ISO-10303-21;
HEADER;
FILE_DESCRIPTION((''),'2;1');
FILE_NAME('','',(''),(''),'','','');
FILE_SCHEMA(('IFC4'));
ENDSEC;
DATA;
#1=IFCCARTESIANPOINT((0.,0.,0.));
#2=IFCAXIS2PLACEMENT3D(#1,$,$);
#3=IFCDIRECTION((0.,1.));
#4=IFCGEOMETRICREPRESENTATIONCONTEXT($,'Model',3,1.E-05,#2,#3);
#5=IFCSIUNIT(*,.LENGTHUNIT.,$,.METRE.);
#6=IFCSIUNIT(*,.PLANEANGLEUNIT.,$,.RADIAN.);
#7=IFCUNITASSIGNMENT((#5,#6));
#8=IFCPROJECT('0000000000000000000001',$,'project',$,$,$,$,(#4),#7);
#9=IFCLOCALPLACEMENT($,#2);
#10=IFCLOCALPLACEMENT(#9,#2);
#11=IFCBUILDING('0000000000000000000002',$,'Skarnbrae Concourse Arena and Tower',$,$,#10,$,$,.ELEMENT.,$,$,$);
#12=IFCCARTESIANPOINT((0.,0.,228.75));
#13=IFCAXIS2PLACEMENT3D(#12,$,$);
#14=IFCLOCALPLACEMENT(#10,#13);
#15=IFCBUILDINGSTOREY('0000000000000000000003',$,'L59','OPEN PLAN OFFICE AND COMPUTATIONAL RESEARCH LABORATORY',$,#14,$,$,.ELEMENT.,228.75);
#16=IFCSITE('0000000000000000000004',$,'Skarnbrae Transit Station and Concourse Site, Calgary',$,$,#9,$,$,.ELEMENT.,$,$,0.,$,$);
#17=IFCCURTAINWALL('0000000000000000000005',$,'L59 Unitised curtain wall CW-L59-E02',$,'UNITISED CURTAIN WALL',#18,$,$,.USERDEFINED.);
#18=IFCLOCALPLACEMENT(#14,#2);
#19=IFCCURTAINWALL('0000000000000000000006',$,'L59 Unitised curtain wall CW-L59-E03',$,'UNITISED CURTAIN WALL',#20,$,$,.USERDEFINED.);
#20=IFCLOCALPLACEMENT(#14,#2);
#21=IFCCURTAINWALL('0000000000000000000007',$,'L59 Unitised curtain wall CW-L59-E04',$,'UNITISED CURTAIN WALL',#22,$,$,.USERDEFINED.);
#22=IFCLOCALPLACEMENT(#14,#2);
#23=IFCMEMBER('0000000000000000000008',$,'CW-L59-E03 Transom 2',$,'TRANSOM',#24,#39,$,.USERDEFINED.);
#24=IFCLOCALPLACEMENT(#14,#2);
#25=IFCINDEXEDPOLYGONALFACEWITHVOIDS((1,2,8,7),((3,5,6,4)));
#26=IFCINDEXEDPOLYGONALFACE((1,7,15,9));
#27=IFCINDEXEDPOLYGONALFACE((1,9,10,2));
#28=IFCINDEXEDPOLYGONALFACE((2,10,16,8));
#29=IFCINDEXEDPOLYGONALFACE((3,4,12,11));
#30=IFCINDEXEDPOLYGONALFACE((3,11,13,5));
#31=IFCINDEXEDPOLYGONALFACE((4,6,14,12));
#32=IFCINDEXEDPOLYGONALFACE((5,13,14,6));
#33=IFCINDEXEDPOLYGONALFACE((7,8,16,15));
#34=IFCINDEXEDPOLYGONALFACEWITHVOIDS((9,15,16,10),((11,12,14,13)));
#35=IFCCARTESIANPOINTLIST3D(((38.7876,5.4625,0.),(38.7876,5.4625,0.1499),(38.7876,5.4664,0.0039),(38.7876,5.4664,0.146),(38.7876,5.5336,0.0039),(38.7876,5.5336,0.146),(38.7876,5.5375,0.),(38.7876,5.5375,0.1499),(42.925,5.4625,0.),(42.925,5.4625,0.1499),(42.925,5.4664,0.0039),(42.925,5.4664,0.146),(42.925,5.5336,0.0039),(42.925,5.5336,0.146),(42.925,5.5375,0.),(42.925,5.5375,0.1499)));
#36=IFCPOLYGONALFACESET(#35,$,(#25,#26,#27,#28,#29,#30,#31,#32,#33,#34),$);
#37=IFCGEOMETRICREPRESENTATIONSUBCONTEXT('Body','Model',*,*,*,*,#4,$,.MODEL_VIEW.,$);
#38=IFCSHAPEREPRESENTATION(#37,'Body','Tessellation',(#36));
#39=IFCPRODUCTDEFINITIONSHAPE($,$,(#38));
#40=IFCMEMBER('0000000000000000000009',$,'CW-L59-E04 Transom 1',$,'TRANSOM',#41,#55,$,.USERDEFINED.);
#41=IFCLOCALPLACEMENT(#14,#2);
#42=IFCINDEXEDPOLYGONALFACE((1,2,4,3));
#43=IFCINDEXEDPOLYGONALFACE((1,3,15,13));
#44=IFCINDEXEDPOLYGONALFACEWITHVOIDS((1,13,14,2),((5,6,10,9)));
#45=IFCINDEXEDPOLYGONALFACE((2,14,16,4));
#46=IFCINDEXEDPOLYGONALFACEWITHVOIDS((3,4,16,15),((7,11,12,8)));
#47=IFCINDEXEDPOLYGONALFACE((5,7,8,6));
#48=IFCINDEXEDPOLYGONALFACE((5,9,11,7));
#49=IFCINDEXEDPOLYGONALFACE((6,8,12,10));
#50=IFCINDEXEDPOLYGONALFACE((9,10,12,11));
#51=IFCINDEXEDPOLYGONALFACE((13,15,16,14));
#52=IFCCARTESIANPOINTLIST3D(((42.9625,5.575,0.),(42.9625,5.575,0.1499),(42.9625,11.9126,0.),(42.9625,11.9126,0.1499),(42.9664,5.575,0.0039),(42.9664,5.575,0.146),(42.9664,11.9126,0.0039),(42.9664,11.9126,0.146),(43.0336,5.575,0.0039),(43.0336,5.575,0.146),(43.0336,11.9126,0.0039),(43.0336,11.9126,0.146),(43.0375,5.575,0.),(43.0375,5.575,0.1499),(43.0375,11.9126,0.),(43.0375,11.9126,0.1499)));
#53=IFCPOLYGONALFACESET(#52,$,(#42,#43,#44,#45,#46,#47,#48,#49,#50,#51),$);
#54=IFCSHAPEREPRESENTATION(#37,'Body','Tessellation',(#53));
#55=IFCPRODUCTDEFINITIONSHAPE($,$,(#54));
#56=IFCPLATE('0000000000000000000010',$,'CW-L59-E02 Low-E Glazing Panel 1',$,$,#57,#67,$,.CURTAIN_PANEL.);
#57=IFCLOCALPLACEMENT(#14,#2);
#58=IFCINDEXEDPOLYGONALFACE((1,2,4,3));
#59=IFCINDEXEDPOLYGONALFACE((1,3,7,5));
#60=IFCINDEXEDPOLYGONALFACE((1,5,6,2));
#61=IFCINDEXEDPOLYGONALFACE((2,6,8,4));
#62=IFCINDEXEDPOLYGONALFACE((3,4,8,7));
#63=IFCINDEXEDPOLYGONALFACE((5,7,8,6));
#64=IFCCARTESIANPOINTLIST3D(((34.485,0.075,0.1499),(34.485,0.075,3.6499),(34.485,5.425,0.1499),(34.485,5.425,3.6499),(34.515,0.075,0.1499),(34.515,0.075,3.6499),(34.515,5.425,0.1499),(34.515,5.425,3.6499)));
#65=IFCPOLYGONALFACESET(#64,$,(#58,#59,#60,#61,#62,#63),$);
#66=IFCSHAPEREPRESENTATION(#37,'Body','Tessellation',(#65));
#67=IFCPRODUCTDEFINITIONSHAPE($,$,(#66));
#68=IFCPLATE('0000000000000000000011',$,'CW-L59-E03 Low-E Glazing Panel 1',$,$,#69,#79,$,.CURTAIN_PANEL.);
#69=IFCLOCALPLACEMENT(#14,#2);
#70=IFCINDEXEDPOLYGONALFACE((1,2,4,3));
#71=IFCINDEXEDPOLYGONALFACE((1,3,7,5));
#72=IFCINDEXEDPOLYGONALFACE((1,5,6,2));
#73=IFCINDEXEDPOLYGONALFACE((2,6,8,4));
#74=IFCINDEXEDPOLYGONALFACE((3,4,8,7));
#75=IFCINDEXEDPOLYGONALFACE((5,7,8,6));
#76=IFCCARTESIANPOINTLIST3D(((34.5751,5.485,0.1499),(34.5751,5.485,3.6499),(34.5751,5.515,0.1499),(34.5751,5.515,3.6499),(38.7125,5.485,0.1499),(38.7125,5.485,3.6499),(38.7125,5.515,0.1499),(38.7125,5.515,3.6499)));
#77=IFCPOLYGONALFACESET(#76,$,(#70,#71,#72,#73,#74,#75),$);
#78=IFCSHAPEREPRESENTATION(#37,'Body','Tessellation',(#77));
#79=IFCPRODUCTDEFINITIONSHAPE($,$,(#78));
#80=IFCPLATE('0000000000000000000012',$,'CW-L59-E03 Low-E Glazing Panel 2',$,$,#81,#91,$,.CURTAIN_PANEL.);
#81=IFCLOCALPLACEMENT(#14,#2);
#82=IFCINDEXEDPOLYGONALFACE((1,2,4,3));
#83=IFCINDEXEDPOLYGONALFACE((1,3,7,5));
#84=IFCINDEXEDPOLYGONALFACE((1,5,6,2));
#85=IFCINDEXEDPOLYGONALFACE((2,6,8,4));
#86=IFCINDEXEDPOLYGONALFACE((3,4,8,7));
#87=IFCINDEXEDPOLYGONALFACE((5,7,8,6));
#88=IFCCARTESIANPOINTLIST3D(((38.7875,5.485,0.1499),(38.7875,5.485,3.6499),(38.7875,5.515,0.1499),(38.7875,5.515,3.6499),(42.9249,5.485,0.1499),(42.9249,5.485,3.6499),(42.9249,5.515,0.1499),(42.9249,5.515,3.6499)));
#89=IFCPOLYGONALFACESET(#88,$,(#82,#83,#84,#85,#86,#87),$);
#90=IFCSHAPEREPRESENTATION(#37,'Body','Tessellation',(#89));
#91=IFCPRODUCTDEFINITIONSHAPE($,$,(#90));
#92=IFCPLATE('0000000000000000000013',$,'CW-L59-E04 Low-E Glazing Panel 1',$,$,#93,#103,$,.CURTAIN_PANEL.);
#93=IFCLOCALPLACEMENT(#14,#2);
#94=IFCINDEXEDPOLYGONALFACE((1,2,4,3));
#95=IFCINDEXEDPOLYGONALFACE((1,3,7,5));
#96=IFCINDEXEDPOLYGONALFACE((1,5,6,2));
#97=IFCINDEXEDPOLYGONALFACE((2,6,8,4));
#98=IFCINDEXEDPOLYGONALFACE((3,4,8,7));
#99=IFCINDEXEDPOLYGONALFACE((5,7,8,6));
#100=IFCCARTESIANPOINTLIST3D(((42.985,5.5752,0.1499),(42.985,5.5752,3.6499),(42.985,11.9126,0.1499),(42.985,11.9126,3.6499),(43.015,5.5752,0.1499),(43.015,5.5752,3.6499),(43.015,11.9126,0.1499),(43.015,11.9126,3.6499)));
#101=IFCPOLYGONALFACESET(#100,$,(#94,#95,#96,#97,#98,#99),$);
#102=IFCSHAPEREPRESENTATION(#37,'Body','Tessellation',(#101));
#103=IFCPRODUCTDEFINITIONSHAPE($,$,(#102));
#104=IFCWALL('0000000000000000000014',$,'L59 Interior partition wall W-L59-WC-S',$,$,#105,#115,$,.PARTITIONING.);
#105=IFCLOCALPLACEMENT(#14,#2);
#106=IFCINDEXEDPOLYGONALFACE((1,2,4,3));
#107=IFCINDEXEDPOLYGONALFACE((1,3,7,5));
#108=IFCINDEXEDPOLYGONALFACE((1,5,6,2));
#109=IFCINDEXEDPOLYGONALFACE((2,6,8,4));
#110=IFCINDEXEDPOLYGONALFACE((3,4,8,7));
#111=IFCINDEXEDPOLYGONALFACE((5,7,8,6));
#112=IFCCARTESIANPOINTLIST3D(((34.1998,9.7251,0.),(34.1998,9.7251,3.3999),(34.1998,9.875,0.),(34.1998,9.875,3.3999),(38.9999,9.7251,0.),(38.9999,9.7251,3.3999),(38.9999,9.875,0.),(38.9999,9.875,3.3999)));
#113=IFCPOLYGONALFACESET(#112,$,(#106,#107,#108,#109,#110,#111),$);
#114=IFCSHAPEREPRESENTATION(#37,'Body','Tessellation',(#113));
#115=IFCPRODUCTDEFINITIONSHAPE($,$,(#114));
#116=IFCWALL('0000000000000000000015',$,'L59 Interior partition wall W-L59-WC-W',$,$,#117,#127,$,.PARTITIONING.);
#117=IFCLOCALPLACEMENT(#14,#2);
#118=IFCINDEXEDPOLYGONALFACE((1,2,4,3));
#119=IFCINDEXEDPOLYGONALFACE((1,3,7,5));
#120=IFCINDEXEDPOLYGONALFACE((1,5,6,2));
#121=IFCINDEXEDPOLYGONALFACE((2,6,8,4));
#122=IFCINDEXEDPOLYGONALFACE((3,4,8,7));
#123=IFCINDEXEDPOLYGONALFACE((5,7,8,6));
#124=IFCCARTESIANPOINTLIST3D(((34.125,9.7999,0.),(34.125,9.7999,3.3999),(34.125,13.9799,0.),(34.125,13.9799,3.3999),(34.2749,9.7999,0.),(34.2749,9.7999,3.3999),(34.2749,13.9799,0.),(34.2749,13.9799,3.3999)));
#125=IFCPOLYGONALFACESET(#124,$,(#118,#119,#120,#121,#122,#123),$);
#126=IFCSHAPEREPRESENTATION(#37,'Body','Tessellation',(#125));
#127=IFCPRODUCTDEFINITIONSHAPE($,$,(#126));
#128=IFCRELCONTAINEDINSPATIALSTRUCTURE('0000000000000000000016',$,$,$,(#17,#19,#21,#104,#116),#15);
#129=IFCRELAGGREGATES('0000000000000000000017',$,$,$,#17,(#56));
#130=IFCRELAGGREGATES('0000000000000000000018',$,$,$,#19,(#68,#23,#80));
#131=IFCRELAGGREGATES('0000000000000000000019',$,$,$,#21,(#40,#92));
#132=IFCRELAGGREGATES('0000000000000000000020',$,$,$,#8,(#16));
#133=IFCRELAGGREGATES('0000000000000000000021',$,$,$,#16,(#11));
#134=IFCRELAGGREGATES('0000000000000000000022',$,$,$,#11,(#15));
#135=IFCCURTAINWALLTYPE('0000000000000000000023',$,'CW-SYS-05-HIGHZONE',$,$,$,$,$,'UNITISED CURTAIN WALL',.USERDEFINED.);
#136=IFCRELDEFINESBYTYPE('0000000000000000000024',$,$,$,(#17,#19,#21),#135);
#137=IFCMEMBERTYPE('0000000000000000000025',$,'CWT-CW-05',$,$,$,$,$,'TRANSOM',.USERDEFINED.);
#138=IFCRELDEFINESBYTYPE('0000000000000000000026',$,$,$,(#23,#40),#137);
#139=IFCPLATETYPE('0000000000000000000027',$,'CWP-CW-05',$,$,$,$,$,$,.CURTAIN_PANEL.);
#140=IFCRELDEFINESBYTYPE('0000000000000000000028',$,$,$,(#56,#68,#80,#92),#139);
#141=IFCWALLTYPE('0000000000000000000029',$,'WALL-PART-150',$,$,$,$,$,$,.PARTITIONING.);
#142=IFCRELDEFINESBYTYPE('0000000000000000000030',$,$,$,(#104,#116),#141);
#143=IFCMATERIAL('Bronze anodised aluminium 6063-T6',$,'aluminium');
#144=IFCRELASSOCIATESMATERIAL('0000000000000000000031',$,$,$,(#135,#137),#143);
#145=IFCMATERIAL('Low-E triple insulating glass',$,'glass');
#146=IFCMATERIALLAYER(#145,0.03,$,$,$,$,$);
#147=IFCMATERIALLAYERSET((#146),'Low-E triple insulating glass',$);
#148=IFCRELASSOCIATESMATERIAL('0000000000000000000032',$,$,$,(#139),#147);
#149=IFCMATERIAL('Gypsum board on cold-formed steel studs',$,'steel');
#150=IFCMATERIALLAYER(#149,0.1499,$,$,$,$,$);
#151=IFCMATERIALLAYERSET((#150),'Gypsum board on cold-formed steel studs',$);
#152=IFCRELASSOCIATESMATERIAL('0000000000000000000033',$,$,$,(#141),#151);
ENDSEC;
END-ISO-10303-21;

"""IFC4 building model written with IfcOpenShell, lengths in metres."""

from ifc_helpers import new_model, si_unit, direction, frame, frame_2d, origin, origin_2d, place, context, subcontext, project, spatial, rectangle, hollow_rectangle, extrude, source, transform, mapped, material, layer, layer_set, material_profile, profile_set, type_object, element, aggregate, save


model = new_model("IFC4")

# Units and contexts
model_context = context("Model", 3, precision=1e-05, world=origin(), true_north=direction((0.0, 1.0)))
body_context = subcontext(model_context, "Body", "Model", "MODEL_VIEW")
ifc_project = project(units=[si_unit("LENGTHUNIT", "METRE"), si_unit("PLANEANGLEUNIT", "RADIAN")], contexts=[model_context])

# Site, building, storey
site_placement = place(None, origin())
site = spatial("IfcSite", under=ifc_project, at=site_placement, Name="Skarnbrae Transit Station and Concourse Site, Calgary", CompositionType="ELEMENT", RefElevation=0.0)
building_placement = place(site_placement, origin())
building = spatial("IfcBuilding", under=site, at=building_placement, Name="Skarnbrae Concourse Arena and Tower", CompositionType="ELEMENT")
storey_placement = place(building_placement, frame((0.0, 0.0, 228.75)))
storey = spatial("IfcBuildingStorey", under=building, at=storey_placement, Name="L59", Description="OPEN PLAN OFFICE AND COMPUTATIONAL RESEARCH LABORATORY", CompositionType="ELEMENT", Elevation=228.75)

# Curtain walls
ifc_material_1 = material(Name="Bronze anodised aluminium 6063-T6", Category="aluminium")
curtain_wall_type = type_object("IfcCurtainWallType", Name="CW-SYS-05-HIGHZONE", ElementType="UNITISED CURTAIN WALL", PredefinedType="USERDEFINED", material=ifc_material_1)
curtain_wall_1_placement = place(storey_placement, origin())
curtain_wall_1 = element("IfcCurtainWall", 1, at=curtain_wall_1_placement, inside=storey, type_object=curtain_wall_type, Name="L59 Unitised curtain wall CW-L59-E02", ObjectType="UNITISED CURTAIN WALL", PredefinedType="USERDEFINED")
curtain_wall_2_placement = place(storey_placement, origin())
curtain_wall_2 = element("IfcCurtainWall", 2, at=curtain_wall_2_placement, inside=storey, type_object=curtain_wall_type, Name="L59 Unitised curtain wall CW-L59-E03", ObjectType="UNITISED CURTAIN WALL", PredefinedType="USERDEFINED")

# Curtain wall
curtain_wall_3_placement = place(storey_placement, origin())
curtain_wall_3 = element("IfcCurtainWall", 3, at=curtain_wall_3_placement, inside=storey, type_object=curtain_wall_type, Name="L59 Unitised curtain wall CW-L59-E04", ObjectType="UNITISED CURTAIN WALL", PredefinedType="USERDEFINED")

# Members
ifc_material_profile_1 = material_profile(ifc_material_1, hollow_rectangle(XDim=0.075, YDim=0.1499, WallThickness=0.0039, at=origin_2d()), Name="ALU-TRAN-75X150")
ifc_profile_set_1 = profile_set([ifc_material_profile_1], Name="Bronze anodised aluminium 6063-T6")
member_type_1 = type_object("IfcMemberType", Name="CWT-CW-05", ElementType="TRANSOM", PredefinedType="USERDEFINED", material=ifc_profile_set_1)
shared_shape_1 = source(origin(), body_context, "Body", "SweptSolid", [
    extrude(hollow_rectangle(XDim=0.075, YDim=0.1499, WallThickness=0.0039, at=origin_2d()), origin(), (0.0, 0.0, 1.0), 4.1375),
])
member_1_placement = place(storey_placement, frame((38.7876, 5.5, 0.075), z_axis=(1.0, 0.0, 0.0), x_axis=(0.0, 1.0, 0.0)))
member_1 = element("IfcMember", 4, at=member_1_placement, type_object=member_type_1, Name="CW-L59-E03 Transom 2", ObjectType="TRANSOM", PredefinedType="USERDEFINED", context=body_context, shape_type="MappedRepresentation", body=[
    mapped(shared_shape_1, transform((0.0, 0.0, 0.0))),
])
shared_shape_2 = source(origin(), body_context, "Body", "SweptSolid", [
    extrude(hollow_rectangle(XDim=0.075, YDim=0.1499, WallThickness=0.0039, at=origin_2d()), origin(), (0.0, 0.0, 1.0), 6.3376),
])
member_2_placement = place(storey_placement, frame((43.0, 5.575, 0.075), z_axis=(0.0, 1.0, 0.0), x_axis=(-1.0, 0.0, 0.0)))
member_2 = element("IfcMember", 5, at=member_2_placement, type_object=member_type_1, Name="CW-L59-E04 Transom 1", ObjectType="TRANSOM", PredefinedType="USERDEFINED", context=body_context, shape_type="MappedRepresentation", body=[
    mapped(shared_shape_2, transform((0.0, 0.0, 0.0))),
])

# Plates
ifc_material_2 = material(Name="Low-E triple insulating glass", Category="glass")
ifc_layer_1 = layer(ifc_material_2, 0.03)
ifc_layer_set_1 = layer_set([ifc_layer_1], Name="Low-E triple insulating glass")
plate_type = type_object("IfcPlateType", Name="CWP-CW-05", PredefinedType="CURTAIN_PANEL", material=ifc_layer_set_1)
shared_shape_3 = source(origin(), body_context, "Body", "SweptSolid", [
    extrude(rectangle(XDim=5.3501, YDim=0.03, at=origin_2d()), origin(), (0.0, 0.0, 1.0), 3.5),
])
plate_1_placement = place(storey_placement, frame((34.5, 2.75, 0.1499), z_axis=(0.0, 0.0, 1.0), x_axis=(0.0, 1.0, 0.0)))
plate_1 = element("IfcPlate", 6, at=plate_1_placement, type_object=plate_type, Name="CW-L59-E02 Low-E Glazing Panel 1", PredefinedType="CURTAIN_PANEL", context=body_context, shape_type="MappedRepresentation", body=[
    mapped(shared_shape_3, transform((0.0, 0.0, 0.0))),
])
aggregate(curtain_wall_1, [plate_1])
shared_shape_4 = source(origin(), body_context, "Body", "SweptSolid", [
    extrude(rectangle(XDim=4.1375, YDim=0.03, at=origin_2d()), origin(), (0.0, 0.0, 1.0), 3.5),
])
plate_2_placement = place(storey_placement, frame((36.6438, 5.5, 0.1499), z_axis=(0.0, 0.0, 1.0), x_axis=(1.0, 0.0, 0.0)))
plate_2 = element("IfcPlate", 7, at=plate_2_placement, type_object=plate_type, Name="CW-L59-E03 Low-E Glazing Panel 1", PredefinedType="CURTAIN_PANEL", context=body_context, shape_type="MappedRepresentation", body=[
    mapped(shared_shape_4, transform((0.0, 0.0, 0.0))),
])
plate_3_placement = place(storey_placement, frame((40.8562, 5.5, 0.1499), z_axis=(0.0, 0.0, 1.0), x_axis=(1.0, 0.0, 0.0)))
plate_3 = element("IfcPlate", 8, at=plate_3_placement, type_object=plate_type, Name="CW-L59-E03 Low-E Glazing Panel 2", PredefinedType="CURTAIN_PANEL", context=body_context, shape_type="MappedRepresentation", body=[
    mapped(shared_shape_4, transform((0.0, 0.0, 0.0))),
])
aggregate(curtain_wall_2, [plate_2, member_1, plate_3])
shared_shape_5 = source(origin(), body_context, "Body", "SweptSolid", [
    extrude(rectangle(XDim=6.3374, YDim=0.03, at=origin_2d()), origin(), (0.0, 0.0, 1.0), 3.5),
])
plate_4_placement = place(storey_placement, frame((43.0, 8.7439, 0.1499), z_axis=(0.0, 0.0, 1.0), x_axis=(0.0, 1.0, 0.0)))
plate_4 = element("IfcPlate", 9, at=plate_4_placement, type_object=plate_type, Name="CW-L59-E04 Low-E Glazing Panel 1", PredefinedType="CURTAIN_PANEL", context=body_context, shape_type="MappedRepresentation", body=[
    mapped(shared_shape_5, transform((0.0, 0.0, 0.0))),
])
aggregate(curtain_wall_3, [member_2, plate_4])

# Walls
ifc_material_3 = material(Name="Gypsum board on cold-formed steel studs", Category="steel")
ifc_layer_2 = layer(ifc_material_3, 0.1499)
ifc_layer_set_2 = layer_set([ifc_layer_2], Name="Gypsum board on cold-formed steel studs")
wall_type = type_object("IfcWallType", Name="WALL-PART-150", PredefinedType="PARTITIONING", material=ifc_layer_set_2)
shared_shape_6 = source(origin(), body_context, "Body", "SweptSolid", [
    extrude(rectangle(XDim=4.8, YDim=0.1499, at=frame_2d((2.3999, 0.0))), origin(), (0.0, 0.0, 1.0), 3.3999),
])
wall_1_placement = place(storey_placement, frame((34.2, 9.8, 0.0), z_axis=(0.0, 0.0, 1.0), x_axis=(1.0, 0.0, 0.0)))
element("IfcWall", 10, at=wall_1_placement, inside=storey, type_object=wall_type, Name="L59 Interior partition wall W-L59-WC-S", PredefinedType="PARTITIONING", context=body_context, shape_type="MappedRepresentation", body=[
    mapped(shared_shape_6, transform((0.0, 0.0, 0.0))),
])
shared_shape_7 = source(origin(), body_context, "Body", "SweptSolid", [
    extrude(rectangle(XDim=4.1799, YDim=0.1499, at=frame_2d((2.0898, 0.0))), origin(), (0.0, 0.0, 1.0), 3.3999),
])
wall_2_placement = place(storey_placement, frame((34.2, 9.8, 0.0), z_axis=(0.0, 0.0, 1.0), x_axis=(0.0, 1.0, 0.0)))
element("IfcWall", 11, at=wall_2_placement, inside=storey, type_object=wall_type, Name="L59 Interior partition wall W-L59-WC-W", PredefinedType="PARTITIONING", context=body_context, shape_type="MappedRepresentation", body=[
    mapped(shared_shape_7, transform((0.0, 0.0, 0.0))),
])

save(model, "model.ifc")
